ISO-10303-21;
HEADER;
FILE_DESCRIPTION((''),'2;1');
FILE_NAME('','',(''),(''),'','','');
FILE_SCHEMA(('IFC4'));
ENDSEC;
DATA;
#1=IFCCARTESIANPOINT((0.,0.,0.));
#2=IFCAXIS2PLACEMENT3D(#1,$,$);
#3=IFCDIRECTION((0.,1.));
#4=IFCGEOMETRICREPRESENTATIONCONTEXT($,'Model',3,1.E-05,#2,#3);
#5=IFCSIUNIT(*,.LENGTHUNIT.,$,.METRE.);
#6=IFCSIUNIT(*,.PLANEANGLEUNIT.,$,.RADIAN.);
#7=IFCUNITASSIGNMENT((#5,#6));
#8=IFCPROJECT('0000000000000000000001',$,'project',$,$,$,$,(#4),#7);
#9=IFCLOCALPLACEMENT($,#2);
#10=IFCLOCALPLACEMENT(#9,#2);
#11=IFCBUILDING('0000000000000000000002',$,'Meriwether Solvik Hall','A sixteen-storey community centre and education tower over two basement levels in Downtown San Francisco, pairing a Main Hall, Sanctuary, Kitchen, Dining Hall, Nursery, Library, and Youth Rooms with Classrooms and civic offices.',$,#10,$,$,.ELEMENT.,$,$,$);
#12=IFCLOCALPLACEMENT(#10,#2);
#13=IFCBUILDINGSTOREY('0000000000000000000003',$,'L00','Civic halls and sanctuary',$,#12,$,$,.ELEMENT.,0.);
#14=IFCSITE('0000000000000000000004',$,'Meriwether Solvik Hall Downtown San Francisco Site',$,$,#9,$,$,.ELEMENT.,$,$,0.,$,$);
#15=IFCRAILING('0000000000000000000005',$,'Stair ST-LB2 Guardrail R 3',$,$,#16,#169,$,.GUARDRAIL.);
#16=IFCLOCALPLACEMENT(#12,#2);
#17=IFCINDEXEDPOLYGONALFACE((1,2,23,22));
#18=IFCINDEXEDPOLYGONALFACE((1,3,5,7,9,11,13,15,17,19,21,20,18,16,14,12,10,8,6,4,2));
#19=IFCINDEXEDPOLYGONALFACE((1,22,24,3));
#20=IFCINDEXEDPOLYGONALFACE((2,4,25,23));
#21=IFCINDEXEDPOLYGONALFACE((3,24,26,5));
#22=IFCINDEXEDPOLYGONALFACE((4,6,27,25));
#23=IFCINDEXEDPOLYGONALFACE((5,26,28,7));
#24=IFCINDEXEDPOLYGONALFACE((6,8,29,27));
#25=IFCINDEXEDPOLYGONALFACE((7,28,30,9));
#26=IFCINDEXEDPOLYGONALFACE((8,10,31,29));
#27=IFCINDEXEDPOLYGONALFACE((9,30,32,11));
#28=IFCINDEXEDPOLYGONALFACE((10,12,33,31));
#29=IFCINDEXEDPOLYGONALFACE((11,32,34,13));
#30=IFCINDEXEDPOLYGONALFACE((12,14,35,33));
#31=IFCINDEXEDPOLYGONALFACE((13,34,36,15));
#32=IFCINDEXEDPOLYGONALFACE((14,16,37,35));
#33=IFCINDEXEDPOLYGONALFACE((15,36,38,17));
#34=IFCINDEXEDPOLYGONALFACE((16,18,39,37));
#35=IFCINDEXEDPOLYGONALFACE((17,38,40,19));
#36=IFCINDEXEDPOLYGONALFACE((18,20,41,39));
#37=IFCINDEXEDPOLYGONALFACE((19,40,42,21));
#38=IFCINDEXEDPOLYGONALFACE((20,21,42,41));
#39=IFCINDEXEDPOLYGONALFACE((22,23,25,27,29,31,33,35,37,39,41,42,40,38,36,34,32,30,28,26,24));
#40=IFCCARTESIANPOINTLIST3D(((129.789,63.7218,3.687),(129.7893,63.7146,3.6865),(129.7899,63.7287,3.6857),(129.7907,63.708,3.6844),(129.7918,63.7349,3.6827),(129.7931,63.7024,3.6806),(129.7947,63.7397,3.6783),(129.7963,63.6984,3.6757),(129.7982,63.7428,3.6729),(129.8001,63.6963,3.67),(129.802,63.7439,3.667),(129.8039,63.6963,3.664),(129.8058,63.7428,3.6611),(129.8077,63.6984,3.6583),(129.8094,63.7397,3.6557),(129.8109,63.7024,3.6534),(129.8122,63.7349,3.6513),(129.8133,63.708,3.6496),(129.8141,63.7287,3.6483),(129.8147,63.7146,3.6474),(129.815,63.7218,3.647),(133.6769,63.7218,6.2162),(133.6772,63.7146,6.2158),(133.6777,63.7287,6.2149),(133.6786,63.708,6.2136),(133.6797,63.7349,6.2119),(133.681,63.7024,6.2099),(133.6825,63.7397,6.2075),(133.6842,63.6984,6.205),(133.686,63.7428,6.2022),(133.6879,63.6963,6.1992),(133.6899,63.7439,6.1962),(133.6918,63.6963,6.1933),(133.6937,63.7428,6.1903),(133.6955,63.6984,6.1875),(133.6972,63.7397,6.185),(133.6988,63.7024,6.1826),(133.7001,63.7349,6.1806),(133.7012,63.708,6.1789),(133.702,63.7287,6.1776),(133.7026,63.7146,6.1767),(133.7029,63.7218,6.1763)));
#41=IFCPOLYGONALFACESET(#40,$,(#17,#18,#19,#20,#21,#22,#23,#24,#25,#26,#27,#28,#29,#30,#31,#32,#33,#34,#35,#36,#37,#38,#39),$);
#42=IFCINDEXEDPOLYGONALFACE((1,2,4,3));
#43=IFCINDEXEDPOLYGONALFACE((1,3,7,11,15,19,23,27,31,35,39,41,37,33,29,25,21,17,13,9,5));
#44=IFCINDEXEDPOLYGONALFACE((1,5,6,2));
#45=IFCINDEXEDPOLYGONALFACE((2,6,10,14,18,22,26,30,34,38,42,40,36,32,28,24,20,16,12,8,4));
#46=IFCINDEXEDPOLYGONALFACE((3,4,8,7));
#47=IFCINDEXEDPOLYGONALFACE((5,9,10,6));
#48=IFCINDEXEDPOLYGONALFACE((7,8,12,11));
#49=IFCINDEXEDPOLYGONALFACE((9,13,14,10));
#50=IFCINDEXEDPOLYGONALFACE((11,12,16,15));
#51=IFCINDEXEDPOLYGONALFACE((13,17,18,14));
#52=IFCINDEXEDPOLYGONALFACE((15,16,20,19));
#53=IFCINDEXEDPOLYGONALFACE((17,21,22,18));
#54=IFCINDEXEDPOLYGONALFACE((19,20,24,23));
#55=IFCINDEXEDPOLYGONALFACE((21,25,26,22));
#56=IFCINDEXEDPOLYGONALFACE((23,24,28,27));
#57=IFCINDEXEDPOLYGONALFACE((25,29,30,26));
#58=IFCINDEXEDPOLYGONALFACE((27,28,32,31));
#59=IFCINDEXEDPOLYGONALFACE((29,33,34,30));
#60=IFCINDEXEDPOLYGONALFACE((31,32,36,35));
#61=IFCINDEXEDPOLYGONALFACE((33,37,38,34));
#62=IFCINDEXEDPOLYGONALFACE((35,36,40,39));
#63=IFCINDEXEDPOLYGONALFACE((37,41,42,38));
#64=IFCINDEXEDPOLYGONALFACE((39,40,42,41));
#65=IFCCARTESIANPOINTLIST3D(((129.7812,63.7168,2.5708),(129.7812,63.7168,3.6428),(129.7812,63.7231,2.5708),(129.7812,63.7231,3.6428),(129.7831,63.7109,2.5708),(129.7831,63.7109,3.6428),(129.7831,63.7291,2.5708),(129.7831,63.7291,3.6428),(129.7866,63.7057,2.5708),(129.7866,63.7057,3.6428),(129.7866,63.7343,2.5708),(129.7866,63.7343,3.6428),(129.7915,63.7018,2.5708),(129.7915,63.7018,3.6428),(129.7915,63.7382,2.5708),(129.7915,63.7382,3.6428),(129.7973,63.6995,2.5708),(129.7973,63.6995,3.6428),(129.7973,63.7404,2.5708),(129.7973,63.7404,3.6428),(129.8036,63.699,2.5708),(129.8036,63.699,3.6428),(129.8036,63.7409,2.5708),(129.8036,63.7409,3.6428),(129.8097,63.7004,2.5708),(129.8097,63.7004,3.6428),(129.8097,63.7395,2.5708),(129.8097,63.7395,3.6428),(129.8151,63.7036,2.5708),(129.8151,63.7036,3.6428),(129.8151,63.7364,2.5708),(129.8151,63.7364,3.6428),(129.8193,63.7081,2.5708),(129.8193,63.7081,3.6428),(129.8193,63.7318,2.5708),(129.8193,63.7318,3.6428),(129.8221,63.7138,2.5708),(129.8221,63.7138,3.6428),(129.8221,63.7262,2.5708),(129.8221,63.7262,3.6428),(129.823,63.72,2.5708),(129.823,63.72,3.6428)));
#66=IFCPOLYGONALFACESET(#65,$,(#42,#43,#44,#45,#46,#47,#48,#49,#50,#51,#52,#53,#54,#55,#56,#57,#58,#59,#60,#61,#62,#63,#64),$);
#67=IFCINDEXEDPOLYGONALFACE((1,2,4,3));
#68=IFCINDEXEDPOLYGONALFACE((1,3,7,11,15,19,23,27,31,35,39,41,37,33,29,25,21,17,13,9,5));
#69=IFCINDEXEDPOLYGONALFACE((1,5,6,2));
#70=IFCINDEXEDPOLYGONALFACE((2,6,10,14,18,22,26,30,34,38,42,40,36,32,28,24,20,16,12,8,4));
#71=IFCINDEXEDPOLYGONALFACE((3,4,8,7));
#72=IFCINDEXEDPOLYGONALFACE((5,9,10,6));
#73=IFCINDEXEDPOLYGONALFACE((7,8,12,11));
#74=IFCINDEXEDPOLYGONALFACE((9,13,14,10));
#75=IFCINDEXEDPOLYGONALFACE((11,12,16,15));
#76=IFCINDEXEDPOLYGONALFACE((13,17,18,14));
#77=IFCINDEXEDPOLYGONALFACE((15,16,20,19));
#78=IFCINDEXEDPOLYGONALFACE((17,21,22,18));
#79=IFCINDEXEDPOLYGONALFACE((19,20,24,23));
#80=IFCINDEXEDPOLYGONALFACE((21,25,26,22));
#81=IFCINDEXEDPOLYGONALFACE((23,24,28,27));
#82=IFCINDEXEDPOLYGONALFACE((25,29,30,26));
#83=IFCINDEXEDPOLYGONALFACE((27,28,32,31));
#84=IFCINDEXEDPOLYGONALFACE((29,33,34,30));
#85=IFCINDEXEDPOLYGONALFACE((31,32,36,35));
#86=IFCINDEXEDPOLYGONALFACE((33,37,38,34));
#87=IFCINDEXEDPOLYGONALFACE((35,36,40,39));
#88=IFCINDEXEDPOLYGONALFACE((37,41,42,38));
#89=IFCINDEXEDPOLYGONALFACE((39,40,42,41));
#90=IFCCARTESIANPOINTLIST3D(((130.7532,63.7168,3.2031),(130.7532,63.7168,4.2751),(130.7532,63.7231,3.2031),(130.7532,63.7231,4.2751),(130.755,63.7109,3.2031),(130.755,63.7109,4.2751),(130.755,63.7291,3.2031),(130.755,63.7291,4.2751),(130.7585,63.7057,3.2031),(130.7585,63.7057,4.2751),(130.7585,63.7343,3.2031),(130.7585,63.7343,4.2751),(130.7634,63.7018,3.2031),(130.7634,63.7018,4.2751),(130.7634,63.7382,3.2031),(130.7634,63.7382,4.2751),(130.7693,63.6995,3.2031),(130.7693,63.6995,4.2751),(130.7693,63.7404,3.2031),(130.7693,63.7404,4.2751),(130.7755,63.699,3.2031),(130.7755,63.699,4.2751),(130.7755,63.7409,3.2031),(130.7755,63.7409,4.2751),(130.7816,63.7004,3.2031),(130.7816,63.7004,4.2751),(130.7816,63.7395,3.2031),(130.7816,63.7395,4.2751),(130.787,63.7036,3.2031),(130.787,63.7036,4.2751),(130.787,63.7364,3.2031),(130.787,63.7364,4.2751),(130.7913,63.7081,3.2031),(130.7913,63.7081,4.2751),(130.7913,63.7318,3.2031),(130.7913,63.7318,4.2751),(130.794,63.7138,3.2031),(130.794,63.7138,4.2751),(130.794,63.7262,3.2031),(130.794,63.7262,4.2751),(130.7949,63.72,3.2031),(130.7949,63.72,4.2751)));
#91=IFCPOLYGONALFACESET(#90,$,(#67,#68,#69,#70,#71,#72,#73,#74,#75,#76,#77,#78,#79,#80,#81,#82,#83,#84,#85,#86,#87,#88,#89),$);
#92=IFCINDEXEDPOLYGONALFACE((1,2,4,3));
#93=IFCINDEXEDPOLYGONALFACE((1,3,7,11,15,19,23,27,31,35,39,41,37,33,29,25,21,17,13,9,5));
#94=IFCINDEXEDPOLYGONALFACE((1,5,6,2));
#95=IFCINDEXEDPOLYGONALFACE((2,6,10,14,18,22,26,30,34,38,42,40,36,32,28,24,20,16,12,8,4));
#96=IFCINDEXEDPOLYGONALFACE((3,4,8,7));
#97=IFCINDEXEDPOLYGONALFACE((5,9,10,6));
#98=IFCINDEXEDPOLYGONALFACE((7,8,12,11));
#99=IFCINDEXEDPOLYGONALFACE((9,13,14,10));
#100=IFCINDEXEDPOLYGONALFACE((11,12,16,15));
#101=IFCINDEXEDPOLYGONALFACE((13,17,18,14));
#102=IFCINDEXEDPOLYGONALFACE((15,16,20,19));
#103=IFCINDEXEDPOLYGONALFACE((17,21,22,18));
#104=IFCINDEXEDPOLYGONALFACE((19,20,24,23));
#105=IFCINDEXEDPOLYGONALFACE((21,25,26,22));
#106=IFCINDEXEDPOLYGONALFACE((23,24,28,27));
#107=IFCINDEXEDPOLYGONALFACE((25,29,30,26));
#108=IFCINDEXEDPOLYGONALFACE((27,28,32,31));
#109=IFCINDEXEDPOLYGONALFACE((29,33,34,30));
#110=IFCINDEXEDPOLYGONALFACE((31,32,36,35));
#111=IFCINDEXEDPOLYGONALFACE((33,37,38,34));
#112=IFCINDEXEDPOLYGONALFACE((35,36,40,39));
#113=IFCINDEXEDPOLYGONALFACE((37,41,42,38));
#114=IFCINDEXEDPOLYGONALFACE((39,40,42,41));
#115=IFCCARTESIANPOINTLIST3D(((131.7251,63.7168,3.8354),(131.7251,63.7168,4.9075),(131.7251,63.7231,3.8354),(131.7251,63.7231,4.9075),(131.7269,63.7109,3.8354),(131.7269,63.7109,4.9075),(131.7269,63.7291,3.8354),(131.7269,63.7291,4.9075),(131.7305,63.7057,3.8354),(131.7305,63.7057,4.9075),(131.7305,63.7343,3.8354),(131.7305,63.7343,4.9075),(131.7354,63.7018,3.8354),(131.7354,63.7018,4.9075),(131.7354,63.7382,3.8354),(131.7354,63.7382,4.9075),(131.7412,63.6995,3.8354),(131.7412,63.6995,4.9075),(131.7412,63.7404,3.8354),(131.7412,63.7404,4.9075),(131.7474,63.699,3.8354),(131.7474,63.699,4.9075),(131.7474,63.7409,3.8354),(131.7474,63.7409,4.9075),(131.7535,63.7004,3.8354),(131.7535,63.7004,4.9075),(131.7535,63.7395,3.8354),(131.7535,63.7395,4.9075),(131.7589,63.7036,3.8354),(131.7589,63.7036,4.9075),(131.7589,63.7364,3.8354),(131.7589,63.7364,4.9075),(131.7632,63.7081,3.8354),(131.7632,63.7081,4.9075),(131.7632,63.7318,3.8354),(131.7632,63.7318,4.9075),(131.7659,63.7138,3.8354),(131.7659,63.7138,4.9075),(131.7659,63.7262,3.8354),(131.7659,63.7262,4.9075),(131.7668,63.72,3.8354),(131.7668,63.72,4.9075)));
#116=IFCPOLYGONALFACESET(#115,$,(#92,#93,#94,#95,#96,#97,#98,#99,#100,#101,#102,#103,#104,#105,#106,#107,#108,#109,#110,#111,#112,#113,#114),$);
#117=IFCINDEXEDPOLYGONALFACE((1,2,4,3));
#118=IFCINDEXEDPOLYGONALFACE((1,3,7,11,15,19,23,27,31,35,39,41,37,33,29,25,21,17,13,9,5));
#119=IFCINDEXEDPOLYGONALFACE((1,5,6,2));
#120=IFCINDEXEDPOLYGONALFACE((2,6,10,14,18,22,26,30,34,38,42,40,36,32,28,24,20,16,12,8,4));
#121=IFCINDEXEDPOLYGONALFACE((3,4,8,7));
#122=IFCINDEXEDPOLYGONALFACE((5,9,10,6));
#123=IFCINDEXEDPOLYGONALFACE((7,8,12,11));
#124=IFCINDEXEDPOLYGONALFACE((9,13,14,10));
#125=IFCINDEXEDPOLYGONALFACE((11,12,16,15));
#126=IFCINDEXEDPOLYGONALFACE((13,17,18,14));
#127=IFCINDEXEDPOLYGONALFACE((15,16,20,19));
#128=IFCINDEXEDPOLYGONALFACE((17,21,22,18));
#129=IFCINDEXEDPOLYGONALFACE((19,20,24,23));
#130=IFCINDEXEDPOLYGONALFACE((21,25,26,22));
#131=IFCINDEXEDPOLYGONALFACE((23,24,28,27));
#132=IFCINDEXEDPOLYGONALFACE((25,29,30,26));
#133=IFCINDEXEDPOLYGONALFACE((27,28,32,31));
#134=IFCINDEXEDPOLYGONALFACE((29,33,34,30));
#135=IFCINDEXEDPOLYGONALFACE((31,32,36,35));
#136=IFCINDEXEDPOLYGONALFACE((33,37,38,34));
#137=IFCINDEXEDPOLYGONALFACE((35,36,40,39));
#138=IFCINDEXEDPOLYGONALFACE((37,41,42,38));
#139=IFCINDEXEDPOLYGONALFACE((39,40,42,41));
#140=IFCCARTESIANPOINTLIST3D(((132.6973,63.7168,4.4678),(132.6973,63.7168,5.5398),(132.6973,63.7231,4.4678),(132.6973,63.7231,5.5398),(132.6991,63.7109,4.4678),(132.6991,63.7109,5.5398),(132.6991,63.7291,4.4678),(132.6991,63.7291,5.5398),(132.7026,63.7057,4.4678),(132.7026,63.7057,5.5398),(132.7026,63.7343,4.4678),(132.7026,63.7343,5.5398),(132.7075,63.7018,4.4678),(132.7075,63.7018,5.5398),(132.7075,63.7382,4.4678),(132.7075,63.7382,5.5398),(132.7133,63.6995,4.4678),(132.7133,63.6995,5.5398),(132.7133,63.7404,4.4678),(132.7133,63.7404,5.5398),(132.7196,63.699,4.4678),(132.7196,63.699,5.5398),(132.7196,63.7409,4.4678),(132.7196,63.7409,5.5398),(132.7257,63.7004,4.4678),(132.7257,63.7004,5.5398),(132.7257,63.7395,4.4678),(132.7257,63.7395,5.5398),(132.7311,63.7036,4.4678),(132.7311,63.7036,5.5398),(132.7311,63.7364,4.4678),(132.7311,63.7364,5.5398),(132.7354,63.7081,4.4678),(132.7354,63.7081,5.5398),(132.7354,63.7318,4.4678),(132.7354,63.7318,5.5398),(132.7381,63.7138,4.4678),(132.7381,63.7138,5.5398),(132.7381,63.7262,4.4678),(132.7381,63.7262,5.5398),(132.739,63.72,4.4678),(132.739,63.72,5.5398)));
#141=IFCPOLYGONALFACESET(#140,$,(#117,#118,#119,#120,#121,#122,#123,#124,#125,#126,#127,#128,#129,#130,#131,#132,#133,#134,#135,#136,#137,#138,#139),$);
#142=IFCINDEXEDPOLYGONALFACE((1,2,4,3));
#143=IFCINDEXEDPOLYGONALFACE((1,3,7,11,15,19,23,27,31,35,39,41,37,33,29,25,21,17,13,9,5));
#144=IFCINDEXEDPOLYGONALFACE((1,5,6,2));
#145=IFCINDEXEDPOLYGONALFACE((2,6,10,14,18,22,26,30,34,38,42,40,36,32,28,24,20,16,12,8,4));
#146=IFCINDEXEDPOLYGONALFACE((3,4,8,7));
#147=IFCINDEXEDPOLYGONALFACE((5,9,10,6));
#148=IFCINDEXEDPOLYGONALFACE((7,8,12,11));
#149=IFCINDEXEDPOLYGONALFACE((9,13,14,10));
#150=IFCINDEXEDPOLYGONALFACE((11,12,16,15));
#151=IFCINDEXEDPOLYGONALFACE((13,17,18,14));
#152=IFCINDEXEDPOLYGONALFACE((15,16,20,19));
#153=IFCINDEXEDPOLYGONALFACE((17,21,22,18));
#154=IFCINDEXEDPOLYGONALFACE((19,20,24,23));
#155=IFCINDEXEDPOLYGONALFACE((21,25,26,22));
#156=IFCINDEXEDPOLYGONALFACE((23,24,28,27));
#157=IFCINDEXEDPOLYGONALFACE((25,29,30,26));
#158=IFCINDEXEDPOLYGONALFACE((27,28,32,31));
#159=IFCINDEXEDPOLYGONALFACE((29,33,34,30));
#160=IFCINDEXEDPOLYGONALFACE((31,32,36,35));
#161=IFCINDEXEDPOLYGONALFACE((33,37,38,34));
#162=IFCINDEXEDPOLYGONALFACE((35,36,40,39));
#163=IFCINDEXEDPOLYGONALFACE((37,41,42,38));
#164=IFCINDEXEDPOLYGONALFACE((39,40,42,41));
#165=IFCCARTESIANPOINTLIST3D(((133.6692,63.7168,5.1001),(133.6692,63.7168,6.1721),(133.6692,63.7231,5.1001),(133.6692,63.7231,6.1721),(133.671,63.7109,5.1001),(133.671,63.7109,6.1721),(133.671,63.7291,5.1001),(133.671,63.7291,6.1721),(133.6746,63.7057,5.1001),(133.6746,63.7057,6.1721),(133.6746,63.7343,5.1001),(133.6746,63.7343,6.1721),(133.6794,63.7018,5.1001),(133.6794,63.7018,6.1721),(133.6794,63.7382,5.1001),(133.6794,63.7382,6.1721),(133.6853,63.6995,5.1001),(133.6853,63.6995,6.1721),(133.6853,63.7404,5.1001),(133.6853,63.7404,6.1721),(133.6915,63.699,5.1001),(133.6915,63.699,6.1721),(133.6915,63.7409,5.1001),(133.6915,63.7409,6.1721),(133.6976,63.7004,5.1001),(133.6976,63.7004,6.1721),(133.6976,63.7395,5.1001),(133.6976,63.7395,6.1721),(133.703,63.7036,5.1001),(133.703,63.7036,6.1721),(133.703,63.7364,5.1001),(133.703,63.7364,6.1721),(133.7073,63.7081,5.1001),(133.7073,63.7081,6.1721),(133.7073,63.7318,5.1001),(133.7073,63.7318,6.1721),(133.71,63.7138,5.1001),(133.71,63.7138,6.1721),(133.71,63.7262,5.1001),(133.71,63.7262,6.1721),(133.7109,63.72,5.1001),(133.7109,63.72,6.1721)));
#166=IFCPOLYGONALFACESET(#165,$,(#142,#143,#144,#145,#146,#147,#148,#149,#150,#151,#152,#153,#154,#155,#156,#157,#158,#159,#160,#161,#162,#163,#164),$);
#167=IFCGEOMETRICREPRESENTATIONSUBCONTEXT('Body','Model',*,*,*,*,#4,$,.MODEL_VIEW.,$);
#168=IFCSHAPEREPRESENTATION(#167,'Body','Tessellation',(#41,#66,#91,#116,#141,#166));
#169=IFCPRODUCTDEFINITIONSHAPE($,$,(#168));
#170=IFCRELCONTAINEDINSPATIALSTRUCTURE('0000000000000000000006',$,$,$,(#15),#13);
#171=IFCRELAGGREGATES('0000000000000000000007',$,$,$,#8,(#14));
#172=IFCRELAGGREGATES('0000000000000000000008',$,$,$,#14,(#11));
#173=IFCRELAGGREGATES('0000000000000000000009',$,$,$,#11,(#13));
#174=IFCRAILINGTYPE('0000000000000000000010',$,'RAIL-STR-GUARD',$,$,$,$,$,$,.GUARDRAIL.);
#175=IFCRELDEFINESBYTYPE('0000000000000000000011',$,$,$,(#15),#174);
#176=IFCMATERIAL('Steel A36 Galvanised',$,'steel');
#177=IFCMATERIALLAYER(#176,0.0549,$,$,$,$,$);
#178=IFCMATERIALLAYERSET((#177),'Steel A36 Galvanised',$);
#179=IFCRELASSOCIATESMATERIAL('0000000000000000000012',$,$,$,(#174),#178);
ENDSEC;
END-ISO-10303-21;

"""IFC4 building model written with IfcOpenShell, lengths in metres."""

from ifc_helpers import new_model, si_unit, direction, frame, origin, origin_2d, place, context, subcontext, project, spatial, circle, extrude, material, layer, layer_set, type_object, element, save


model = new_model("IFC4")

# Units and contexts
model_context = context("Model", 3, precision=1e-05, world=origin(), true_north=direction((0.0, 1.0)))
body_context = subcontext(model_context, "Body", "Model", "MODEL_VIEW")
ifc_project = project(units=[si_unit("LENGTHUNIT", "METRE"), si_unit("PLANEANGLEUNIT", "RADIAN")], contexts=[model_context])

# Site, building, storey
site_placement = place(None, origin())
site = spatial("IfcSite", under=ifc_project, at=site_placement, Name="Meriwether Solvik Hall Downtown San Francisco Site", CompositionType="ELEMENT", RefElevation=0.0)
building_placement = place(site_placement, origin())
building = spatial("IfcBuilding", under=site, at=building_placement, Name="Meriwether Solvik Hall", Description="A sixteen-storey community centre and education tower over two basement levels in Downtown San Francisco, pairing a Main Hall, Sanctuary, Kitchen, Dining Hall, Nursery, Library, and Youth Rooms with Classrooms and civic offices.", CompositionType="ELEMENT")
storey_placement = place(building_placement, origin())
storey = spatial("IfcBuildingStorey", under=building, at=storey_placement, Name="L00", Description="Civic halls and sanctuary", CompositionType="ELEMENT", Elevation=0.0)

# Railing
ifc_material_1 = material(Name="Steel A36 Galvanised", Category="steel")
ifc_layer_1 = layer(ifc_material_1, 0.0549)
ifc_layer_set_1 = layer_set([ifc_layer_1], Name="Steel A36 Galvanised")
railing_type_1 = type_object("IfcRailingType", Name="RAIL-STR-GUARD", PredefinedType="GUARDRAIL", material=ifc_layer_set_1)
railing_1_placement = place(storey_placement, frame((129.802, 63.72, 2.5708)))
element("IfcRailing", 1, at=railing_1_placement, inside=storey, type_object=railing_type_1, Name="Stair ST-LB2 Guardrail R 3", PredefinedType="GUARDRAIL", context=body_context, shape_type="SweptSolid", body=[
    extrude(circle(Radius=0.0239, at=origin_2d()), frame((0.0, 0.0, 1.0962), z_axis=(0.838233, 0.0, 0.545312), x_axis=(0.0, 1.0, 0.0)), (0.0, 0.0, 1.0), 4.6382),
    extrude(circle(Radius=0.021, at=origin_2d()), origin(), (0.0, 0.0, 1.0), 1.072),
    extrude(circle(Radius=0.021, at=origin_2d()), frame((0.9719, 0.0, 0.6323)), (0.0, 0.0, 1.0), 1.072),
    extrude(circle(Radius=0.021, at=origin_2d()), frame((1.9438, 0.0, 1.2646)), (0.0, 0.0, 1.0), 1.072),
    extrude(circle(Radius=0.021, at=origin_2d()), frame((2.916, 0.0, 1.897)), (0.0, 0.0, 1.0), 1.072),
    extrude(circle(Radius=0.021, at=origin_2d()), frame((3.8879, 0.0, 2.5293)), (0.0, 0.0, 1.0), 1.072),
])

save(model, "model.ifc")
